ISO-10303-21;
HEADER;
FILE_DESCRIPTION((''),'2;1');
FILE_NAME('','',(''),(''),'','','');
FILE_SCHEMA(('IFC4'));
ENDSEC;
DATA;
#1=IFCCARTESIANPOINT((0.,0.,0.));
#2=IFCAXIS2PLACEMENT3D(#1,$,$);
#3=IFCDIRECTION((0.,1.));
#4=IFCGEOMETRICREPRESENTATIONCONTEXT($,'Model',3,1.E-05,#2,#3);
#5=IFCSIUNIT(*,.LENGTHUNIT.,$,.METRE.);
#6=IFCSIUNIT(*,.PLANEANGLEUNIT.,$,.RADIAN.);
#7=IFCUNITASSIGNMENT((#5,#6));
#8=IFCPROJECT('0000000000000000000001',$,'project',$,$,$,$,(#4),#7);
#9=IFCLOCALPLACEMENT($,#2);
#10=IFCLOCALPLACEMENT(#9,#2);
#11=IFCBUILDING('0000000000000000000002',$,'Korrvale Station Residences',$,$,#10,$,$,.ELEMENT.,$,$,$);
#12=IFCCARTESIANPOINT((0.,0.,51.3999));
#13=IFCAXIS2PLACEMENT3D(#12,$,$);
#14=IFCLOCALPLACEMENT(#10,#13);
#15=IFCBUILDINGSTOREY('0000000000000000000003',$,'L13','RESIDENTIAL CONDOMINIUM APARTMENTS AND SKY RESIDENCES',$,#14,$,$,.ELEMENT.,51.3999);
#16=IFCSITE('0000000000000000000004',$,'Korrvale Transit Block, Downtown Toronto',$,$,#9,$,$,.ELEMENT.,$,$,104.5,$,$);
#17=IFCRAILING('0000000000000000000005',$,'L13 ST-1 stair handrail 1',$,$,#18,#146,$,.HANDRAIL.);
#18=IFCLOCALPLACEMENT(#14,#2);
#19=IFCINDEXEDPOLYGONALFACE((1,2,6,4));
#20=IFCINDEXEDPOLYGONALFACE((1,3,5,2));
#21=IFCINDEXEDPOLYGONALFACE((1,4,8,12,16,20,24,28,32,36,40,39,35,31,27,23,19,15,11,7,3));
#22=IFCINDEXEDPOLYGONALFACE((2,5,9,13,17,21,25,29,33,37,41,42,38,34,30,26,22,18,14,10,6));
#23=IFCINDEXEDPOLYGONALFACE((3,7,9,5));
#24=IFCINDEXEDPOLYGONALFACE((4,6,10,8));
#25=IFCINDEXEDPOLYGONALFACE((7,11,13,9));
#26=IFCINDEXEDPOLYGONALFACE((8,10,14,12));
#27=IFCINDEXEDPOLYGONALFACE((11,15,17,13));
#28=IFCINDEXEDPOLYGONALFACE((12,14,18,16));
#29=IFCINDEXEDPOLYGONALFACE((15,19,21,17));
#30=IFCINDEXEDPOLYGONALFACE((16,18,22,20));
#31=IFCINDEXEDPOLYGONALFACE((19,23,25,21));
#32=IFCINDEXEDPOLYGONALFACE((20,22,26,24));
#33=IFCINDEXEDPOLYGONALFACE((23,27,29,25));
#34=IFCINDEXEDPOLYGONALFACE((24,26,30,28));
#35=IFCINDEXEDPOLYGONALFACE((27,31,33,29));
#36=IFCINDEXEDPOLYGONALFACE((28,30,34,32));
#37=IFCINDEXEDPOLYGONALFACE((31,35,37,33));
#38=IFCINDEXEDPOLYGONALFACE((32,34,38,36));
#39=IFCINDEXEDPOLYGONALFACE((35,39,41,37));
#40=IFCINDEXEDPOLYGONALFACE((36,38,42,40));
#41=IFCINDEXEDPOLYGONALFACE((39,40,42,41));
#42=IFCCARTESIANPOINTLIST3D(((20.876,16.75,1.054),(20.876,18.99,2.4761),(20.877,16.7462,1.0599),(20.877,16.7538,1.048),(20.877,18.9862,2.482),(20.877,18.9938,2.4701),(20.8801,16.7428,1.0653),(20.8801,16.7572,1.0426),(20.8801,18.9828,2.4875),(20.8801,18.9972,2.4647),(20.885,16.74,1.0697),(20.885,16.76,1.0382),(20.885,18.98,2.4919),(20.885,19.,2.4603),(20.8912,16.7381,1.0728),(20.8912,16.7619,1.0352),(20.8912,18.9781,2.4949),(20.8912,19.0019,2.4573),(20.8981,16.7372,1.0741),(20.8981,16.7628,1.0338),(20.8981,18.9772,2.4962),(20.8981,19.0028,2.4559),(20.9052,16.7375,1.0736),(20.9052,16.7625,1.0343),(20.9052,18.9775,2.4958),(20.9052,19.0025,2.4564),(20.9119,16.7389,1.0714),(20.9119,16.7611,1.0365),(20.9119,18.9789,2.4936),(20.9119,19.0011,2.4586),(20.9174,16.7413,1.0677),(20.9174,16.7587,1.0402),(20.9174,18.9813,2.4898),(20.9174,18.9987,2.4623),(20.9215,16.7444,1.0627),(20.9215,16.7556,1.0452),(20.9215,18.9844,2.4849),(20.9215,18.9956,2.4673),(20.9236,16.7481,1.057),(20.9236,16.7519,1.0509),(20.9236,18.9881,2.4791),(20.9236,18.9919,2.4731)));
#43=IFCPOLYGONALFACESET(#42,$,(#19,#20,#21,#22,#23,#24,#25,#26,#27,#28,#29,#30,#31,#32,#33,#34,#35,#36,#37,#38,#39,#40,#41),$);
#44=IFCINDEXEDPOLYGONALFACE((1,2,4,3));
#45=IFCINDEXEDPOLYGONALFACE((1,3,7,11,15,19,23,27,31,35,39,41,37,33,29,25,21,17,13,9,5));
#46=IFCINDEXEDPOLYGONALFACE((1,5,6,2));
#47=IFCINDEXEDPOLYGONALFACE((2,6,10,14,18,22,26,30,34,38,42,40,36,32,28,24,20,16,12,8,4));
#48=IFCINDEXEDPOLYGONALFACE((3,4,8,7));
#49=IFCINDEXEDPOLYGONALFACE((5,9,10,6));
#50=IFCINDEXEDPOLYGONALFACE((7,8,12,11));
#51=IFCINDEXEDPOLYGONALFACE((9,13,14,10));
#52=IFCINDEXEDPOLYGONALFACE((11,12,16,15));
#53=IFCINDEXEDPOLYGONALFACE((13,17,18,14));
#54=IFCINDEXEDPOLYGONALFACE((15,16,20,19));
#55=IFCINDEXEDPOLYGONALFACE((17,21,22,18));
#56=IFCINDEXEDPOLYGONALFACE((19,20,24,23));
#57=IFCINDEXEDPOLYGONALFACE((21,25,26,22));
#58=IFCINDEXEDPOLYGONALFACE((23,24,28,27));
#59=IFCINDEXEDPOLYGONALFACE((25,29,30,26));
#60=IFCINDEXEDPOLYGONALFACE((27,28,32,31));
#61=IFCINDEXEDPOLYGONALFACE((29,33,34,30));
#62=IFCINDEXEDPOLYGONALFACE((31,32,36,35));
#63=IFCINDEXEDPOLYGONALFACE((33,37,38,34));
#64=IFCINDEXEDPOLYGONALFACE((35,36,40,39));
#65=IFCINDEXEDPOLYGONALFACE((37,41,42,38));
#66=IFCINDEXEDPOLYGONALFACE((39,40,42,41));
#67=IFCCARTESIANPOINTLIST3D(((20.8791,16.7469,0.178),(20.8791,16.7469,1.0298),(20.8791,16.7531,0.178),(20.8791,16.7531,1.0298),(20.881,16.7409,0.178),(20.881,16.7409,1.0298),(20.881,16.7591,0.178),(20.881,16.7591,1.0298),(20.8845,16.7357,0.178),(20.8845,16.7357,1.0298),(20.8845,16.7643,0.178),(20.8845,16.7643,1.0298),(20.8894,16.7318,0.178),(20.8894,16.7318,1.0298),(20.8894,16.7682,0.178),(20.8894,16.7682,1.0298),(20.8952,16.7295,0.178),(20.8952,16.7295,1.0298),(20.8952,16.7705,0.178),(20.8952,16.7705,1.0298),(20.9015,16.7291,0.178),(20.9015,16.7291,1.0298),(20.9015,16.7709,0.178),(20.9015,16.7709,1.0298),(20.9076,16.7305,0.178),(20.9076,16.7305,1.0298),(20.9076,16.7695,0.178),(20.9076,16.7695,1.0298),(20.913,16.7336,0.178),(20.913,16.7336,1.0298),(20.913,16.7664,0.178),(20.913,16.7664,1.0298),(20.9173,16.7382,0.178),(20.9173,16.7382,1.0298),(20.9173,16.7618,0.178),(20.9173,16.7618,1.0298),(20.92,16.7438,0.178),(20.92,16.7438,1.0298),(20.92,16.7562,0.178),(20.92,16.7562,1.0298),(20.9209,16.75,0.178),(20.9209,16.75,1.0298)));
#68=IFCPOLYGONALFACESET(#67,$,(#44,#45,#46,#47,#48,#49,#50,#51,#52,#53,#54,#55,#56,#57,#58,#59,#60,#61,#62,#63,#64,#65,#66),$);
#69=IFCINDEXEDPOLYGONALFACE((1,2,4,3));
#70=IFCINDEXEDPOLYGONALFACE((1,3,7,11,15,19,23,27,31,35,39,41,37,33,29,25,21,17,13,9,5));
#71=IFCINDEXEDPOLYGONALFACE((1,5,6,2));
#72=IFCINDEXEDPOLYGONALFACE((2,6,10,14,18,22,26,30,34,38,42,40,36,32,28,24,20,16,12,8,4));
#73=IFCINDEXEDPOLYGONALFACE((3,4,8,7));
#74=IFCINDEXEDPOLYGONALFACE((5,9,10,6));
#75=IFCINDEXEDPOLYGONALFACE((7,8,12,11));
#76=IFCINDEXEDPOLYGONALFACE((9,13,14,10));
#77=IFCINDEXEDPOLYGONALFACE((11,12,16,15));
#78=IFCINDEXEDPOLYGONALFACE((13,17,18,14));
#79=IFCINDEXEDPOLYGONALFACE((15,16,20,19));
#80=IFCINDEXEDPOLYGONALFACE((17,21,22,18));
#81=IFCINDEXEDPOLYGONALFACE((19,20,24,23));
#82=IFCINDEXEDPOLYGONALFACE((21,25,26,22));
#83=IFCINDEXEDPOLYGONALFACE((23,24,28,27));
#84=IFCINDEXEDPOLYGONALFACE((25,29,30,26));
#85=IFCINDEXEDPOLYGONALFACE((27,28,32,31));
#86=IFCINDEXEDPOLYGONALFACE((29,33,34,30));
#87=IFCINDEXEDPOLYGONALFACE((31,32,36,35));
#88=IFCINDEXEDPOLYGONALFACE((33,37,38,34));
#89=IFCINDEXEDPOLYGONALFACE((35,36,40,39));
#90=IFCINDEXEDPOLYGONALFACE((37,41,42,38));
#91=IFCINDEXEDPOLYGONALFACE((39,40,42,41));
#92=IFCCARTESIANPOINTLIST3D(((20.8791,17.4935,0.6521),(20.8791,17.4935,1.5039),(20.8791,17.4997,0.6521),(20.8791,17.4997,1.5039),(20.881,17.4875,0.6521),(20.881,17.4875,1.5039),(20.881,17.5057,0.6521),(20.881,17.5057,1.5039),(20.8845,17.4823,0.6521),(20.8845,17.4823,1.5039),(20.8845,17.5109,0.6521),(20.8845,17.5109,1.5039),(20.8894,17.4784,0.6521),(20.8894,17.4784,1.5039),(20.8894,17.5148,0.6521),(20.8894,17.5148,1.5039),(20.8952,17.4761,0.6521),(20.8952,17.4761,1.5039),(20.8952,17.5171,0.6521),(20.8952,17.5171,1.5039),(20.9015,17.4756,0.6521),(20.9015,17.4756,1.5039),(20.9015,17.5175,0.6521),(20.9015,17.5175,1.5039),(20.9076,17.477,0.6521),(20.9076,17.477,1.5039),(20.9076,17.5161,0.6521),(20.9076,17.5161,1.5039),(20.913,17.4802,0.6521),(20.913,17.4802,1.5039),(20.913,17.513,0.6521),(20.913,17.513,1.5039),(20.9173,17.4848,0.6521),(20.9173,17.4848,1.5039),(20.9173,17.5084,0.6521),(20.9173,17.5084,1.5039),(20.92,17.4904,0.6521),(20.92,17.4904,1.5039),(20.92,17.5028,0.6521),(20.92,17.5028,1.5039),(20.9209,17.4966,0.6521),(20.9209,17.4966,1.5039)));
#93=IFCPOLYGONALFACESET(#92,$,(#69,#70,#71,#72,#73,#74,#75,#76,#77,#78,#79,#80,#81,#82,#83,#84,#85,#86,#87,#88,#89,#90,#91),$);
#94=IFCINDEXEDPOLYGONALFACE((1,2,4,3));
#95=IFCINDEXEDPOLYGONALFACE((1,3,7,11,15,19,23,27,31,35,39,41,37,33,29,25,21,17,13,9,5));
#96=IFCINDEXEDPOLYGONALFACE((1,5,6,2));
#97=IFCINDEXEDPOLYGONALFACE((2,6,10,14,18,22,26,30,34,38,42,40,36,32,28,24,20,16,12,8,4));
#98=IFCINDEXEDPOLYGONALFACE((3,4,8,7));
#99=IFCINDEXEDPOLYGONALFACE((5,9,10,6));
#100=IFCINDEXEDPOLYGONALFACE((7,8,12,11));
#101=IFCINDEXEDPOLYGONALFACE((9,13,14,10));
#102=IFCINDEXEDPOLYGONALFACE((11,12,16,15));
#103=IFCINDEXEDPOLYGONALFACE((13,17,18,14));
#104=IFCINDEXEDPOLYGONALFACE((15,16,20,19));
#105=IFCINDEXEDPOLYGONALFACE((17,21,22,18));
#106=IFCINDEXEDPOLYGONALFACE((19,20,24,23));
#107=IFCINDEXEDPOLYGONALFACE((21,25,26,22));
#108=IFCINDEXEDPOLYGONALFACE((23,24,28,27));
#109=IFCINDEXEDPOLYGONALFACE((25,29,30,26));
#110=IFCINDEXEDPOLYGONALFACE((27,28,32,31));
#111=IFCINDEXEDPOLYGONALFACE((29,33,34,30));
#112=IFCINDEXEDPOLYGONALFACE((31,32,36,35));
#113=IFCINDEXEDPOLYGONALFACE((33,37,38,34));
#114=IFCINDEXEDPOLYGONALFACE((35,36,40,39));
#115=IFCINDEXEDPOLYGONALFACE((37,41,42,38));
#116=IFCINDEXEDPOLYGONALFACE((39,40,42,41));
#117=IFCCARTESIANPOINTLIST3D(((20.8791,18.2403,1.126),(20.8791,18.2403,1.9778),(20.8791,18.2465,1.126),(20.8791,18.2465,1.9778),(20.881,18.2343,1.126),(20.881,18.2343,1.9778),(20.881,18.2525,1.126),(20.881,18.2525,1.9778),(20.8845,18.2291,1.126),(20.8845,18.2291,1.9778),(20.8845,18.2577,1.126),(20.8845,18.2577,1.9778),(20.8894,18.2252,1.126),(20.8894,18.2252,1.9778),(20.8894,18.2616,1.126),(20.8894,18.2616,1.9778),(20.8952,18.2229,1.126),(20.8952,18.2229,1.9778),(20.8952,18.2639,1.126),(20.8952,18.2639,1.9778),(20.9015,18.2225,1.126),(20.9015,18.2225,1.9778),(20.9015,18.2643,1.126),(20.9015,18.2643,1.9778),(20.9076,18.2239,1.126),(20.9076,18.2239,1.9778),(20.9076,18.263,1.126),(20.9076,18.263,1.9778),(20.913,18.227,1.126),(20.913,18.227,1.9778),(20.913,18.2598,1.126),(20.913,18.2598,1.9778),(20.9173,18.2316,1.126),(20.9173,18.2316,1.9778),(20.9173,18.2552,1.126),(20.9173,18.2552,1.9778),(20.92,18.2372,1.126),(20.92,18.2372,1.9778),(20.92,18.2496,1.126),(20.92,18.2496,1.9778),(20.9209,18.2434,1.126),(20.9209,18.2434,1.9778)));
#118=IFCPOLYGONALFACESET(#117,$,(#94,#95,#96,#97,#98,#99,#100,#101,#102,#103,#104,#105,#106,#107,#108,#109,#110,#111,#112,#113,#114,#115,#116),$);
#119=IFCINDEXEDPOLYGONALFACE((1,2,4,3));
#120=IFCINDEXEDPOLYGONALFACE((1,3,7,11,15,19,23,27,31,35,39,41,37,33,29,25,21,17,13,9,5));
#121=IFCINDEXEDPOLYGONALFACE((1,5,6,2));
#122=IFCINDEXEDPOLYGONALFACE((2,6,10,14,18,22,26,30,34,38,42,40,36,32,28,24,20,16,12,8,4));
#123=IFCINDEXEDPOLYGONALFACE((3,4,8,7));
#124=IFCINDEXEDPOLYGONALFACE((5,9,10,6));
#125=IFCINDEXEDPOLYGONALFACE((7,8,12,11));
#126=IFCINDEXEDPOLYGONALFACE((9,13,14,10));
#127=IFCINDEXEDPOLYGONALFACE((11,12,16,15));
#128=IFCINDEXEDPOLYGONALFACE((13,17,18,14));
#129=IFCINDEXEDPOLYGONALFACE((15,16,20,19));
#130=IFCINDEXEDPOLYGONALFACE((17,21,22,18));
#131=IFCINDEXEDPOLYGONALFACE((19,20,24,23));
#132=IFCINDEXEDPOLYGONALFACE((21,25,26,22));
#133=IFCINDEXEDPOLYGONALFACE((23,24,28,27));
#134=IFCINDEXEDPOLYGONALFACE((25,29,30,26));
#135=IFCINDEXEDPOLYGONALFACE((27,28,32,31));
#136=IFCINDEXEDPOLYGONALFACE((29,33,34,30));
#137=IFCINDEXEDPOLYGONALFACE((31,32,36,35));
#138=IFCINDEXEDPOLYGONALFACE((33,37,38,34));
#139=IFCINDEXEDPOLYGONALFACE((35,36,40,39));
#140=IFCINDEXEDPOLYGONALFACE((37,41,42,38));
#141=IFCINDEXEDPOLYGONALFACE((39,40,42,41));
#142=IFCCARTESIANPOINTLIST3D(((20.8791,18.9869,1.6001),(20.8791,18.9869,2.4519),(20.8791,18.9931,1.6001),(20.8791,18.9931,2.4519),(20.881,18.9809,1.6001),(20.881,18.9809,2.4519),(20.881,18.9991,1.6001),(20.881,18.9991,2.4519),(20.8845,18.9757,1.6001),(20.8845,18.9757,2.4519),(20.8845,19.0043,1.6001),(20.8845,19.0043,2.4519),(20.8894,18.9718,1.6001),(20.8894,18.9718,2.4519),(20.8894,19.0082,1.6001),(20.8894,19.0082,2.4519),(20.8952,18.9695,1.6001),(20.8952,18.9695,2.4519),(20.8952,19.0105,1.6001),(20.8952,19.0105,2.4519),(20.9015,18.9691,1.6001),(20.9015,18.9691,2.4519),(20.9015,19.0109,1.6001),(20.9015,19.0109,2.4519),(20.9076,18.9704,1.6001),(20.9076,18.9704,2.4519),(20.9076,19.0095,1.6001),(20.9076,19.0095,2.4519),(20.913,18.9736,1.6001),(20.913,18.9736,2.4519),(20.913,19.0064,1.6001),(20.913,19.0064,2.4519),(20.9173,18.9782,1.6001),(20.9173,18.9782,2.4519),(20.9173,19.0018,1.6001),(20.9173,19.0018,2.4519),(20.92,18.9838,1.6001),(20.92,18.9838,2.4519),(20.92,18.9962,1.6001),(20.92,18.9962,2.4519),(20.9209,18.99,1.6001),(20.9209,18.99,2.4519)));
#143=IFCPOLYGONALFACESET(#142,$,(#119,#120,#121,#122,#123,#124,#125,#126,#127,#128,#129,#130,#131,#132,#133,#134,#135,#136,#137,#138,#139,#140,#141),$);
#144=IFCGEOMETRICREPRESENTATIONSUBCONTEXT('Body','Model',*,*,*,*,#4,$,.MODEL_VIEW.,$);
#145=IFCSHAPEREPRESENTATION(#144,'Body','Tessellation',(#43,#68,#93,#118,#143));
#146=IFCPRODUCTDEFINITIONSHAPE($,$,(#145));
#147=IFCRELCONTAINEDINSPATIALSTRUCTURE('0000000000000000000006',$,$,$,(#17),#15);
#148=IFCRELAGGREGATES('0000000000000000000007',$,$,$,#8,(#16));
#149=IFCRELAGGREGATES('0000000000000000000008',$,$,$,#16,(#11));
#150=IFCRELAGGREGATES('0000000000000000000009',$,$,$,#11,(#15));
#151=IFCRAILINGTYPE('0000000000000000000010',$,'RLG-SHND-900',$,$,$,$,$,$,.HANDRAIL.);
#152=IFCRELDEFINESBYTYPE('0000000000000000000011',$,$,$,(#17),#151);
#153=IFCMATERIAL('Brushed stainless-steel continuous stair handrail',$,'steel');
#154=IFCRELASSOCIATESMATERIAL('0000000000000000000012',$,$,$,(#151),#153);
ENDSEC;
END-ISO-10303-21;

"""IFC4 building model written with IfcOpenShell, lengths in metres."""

from ifc_helpers import new_model, si_unit, direction, frame, origin, origin_2d, place, context, subcontext, project, spatial, circle, extrude, material, type_object, element, save


model = new_model("IFC4")

# Units and contexts
model_context = context("Model", 3, precision=1e-05, world=origin(), true_north=direction((0.0, 1.0)))
body_context = subcontext(model_context, "Body", "Model", "MODEL_VIEW")
ifc_project = project(units=[si_unit("LENGTHUNIT", "METRE"), si_unit("PLANEANGLEUNIT", "RADIAN")], contexts=[model_context])

# Site, building, storey
site_placement = place(None, origin())
site = spatial("IfcSite", under=ifc_project, at=site_placement, Name="Korrvale Transit Block, Downtown Toronto", CompositionType="ELEMENT", RefElevation=104.5)
building_placement = place(site_placement, origin())
building = spatial("IfcBuilding", under=site, at=building_placement, Name="Korrvale Station Residences", CompositionType="ELEMENT")
storey_placement = place(building_placement, frame((0.0, 0.0, 51.3999)))
storey = spatial("IfcBuildingStorey", under=building, at=storey_placement, Name="L13", Description="RESIDENTIAL CONDOMINIUM APARTMENTS AND SKY RESIDENCES", CompositionType="ELEMENT", Elevation=51.3999)

# Railing
ifc_material_1 = material(Name="Brushed stainless-steel continuous stair handrail", Category="steel")
railing_type_1 = type_object("IfcRailingType", Name="RLG-SHND-900", PredefinedType="HANDRAIL", material=ifc_material_1)
railing_1_placement = place(storey_placement, frame((20.8999, 16.75, 0.178)))
element("IfcRailing", 1, at=railing_1_placement, inside=storey, type_object=railing_type_1, Name="L13 ST-1 stair handrail 1", PredefinedType="HANDRAIL", context=body_context, shape_type="SweptSolid", body=[
    extrude(circle(Radius=0.0239, at=origin_2d()), frame((0.0, 0.0, 0.876), z_axis=(0.0, 0.844229, 0.535982), x_axis=(-1.0, 0.0, 0.0)), (0.0, 0.0, 1.0), 2.6533),
    extrude(circle(Radius=0.021, at=origin_2d()), origin(), (0.0, 0.0, 1.0), 0.8518),
    extrude(circle(Radius=0.021, at=origin_2d()), frame((0.0, 0.7466, 0.4741)), (0.0, 0.0, 1.0), 0.8518),
    extrude(circle(Radius=0.021, at=origin_2d()), frame((0.0, 1.4934, 0.948)), (0.0, 0.0, 1.0), 0.8518),
    extrude(circle(Radius=0.021, at=origin_2d()), frame((0.0, 2.24, 1.4221)), (0.0, 0.0, 1.0), 0.8518),
])

save(model, "model.ifc")
